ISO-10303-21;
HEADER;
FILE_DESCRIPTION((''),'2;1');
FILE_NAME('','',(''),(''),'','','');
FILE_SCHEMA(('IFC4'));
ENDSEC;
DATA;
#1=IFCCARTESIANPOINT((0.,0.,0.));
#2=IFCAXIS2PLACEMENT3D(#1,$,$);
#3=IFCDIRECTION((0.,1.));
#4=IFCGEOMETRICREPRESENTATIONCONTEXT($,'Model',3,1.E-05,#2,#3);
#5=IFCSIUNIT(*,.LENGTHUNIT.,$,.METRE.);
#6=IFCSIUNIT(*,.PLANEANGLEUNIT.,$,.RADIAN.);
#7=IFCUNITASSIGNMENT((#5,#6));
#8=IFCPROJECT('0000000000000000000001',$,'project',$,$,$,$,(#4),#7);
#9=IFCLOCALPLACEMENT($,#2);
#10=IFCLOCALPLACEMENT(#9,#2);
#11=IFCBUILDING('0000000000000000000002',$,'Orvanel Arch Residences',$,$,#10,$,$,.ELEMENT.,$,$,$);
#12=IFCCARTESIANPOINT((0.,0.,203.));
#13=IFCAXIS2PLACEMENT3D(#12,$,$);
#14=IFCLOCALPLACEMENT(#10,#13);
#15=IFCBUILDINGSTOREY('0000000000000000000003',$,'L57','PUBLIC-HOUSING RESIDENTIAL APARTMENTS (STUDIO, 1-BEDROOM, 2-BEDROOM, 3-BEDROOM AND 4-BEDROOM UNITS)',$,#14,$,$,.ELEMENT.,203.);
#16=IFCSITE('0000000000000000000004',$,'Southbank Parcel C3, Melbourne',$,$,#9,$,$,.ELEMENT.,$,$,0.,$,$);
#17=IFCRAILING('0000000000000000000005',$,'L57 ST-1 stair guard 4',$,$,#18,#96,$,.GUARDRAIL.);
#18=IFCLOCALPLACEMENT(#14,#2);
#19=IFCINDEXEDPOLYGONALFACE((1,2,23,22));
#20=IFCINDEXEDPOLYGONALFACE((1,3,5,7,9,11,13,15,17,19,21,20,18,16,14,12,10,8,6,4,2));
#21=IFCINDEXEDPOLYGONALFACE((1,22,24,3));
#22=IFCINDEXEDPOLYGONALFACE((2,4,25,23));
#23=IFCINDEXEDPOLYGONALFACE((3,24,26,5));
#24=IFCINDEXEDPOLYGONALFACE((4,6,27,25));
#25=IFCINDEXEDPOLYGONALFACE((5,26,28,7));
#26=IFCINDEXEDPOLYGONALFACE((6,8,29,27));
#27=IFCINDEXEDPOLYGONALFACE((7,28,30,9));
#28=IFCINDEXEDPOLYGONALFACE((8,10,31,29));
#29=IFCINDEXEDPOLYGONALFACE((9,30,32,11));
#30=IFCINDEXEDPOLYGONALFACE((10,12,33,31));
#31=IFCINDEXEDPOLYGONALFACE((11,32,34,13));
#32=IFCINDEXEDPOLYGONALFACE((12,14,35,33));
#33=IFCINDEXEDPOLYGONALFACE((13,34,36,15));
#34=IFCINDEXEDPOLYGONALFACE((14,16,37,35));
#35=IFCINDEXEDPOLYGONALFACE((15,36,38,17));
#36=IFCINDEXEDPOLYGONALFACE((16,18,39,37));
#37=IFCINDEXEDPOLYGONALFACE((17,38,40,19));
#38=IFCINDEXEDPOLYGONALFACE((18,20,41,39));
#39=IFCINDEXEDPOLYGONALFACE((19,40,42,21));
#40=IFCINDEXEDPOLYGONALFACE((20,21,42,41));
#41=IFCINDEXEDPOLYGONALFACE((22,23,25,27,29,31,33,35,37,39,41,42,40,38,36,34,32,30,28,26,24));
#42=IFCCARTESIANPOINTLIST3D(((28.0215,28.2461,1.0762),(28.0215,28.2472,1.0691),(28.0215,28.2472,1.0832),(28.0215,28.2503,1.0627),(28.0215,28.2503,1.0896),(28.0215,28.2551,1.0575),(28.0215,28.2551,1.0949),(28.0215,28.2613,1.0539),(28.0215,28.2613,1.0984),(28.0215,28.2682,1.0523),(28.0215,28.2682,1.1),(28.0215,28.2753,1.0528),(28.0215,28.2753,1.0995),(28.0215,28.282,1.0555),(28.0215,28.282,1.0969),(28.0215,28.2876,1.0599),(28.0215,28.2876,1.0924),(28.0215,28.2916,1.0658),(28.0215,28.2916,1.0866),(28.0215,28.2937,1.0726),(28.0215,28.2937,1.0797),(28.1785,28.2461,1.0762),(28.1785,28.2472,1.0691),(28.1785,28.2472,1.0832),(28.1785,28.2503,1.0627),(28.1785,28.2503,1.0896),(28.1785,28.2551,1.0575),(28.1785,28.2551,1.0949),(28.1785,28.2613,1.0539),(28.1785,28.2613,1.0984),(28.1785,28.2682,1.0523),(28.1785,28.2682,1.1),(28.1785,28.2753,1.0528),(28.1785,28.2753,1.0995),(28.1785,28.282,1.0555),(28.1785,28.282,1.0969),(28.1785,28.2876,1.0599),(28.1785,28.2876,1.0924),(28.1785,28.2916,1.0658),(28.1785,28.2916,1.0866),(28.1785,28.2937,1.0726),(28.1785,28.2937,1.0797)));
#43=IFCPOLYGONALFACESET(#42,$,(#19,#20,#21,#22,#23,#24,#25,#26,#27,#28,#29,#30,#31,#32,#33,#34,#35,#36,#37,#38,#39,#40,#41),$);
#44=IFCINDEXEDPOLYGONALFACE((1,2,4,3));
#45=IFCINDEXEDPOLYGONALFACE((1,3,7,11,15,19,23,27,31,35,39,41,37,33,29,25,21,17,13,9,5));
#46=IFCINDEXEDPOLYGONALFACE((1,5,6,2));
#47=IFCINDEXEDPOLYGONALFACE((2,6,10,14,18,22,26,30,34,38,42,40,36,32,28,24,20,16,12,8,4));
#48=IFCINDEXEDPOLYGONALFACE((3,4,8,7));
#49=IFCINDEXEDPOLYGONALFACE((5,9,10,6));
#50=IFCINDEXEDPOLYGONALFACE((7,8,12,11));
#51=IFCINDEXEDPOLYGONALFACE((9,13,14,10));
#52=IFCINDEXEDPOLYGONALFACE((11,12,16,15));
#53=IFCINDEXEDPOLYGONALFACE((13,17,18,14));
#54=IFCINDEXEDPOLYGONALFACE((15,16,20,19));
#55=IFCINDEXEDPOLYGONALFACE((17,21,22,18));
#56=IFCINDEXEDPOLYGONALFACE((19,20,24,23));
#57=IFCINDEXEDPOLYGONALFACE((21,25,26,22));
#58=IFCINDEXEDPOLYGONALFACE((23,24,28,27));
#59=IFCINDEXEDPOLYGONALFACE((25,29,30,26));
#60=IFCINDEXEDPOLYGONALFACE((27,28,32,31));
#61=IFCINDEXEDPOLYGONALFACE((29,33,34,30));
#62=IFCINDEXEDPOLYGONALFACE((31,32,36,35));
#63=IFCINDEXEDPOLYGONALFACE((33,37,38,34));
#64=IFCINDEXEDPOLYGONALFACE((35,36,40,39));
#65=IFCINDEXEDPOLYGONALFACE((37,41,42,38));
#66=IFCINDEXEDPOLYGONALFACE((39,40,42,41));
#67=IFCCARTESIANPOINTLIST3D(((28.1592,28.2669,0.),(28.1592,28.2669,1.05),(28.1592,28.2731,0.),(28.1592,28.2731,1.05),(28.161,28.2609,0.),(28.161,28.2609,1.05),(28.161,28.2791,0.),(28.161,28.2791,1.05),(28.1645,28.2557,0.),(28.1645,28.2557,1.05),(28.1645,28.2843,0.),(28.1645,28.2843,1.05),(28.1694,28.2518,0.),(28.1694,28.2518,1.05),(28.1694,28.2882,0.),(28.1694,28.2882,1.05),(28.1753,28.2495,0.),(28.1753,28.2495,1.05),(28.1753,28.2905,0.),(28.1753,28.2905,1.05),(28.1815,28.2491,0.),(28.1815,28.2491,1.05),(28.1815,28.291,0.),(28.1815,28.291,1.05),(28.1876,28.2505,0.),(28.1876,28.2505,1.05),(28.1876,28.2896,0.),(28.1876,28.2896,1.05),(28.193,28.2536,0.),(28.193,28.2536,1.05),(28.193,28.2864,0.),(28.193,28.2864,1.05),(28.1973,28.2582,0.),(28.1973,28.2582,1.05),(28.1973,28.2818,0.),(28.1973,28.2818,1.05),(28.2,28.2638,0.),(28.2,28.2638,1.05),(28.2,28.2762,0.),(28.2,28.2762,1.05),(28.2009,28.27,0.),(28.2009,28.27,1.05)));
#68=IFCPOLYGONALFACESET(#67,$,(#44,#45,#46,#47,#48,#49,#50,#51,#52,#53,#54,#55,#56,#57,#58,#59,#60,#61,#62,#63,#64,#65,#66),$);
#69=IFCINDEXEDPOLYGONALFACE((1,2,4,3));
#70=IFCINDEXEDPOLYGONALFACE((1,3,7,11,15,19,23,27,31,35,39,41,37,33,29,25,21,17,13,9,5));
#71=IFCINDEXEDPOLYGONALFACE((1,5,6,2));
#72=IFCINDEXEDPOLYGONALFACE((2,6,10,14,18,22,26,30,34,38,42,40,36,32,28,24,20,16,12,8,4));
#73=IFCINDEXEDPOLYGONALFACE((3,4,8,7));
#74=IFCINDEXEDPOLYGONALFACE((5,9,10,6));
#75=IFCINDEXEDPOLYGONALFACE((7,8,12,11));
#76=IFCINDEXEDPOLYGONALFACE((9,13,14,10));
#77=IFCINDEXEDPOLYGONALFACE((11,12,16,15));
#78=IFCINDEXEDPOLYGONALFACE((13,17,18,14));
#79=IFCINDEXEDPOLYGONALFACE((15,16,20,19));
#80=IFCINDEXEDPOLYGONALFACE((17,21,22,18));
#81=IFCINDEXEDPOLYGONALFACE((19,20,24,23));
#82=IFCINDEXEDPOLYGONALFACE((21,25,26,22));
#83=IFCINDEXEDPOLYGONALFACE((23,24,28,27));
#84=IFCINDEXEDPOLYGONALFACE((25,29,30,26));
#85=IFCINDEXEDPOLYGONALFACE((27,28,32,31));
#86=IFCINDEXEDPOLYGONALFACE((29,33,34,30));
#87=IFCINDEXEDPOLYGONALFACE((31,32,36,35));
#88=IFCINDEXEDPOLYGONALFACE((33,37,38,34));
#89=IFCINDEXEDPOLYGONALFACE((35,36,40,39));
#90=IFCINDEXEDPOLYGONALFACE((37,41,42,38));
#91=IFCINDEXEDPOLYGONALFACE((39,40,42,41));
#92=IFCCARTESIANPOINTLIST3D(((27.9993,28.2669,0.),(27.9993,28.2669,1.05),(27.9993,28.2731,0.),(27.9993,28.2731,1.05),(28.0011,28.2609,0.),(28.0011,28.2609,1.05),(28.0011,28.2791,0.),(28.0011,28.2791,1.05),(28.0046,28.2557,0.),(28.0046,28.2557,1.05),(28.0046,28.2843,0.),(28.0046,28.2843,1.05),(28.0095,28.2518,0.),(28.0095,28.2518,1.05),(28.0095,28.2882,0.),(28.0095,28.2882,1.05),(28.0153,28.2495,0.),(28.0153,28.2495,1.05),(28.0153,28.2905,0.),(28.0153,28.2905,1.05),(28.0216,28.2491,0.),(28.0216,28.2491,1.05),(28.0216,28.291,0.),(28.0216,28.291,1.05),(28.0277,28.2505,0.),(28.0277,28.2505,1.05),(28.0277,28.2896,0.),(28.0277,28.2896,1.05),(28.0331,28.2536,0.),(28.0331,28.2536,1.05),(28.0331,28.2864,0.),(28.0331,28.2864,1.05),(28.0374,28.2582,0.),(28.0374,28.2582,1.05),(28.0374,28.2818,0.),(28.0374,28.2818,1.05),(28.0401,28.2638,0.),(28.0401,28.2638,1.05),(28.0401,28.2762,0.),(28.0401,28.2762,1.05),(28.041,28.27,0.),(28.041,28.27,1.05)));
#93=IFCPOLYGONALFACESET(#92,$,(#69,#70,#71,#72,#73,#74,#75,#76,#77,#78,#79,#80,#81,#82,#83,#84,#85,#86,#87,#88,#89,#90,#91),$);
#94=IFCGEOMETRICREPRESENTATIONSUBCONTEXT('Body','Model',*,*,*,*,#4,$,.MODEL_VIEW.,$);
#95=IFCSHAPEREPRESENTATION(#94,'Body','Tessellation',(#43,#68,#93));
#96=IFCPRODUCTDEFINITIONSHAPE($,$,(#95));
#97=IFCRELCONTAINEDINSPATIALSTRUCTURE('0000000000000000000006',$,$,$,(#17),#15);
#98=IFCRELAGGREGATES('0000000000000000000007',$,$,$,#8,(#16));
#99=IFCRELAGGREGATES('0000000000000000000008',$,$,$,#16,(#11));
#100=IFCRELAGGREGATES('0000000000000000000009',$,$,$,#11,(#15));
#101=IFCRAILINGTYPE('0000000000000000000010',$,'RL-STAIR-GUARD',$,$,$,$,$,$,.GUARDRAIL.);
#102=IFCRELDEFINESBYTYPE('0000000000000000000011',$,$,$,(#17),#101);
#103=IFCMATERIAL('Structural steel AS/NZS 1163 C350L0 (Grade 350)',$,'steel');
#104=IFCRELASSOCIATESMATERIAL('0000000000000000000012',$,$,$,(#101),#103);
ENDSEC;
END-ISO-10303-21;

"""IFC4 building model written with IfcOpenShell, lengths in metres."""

from ifc_helpers import new_model, si_unit, direction, frame, origin, origin_2d, place, context, subcontext, project, spatial, circle, extrude, material, type_object, element, save


model = new_model("IFC4")

# Units and contexts
model_context = context("Model", 3, precision=1e-05, world=origin(), true_north=direction((0.0, 1.0)))
body_context = subcontext(model_context, "Body", "Model", "MODEL_VIEW")
ifc_project = project(units=[si_unit("LENGTHUNIT", "METRE"), si_unit("PLANEANGLEUNIT", "RADIAN")], contexts=[model_context])

# Site, building, storey
site_placement = place(None, origin())
site = spatial("IfcSite", under=ifc_project, at=site_placement, Name="Southbank Parcel C3, Melbourne", CompositionType="ELEMENT", RefElevation=0.0)
building_placement = place(site_placement, origin())
building = spatial("IfcBuilding", under=site, at=building_placement, Name="Orvanel Arch Residences", CompositionType="ELEMENT")
storey_placement = place(building_placement, frame((0.0, 0.0, 203.0)))
storey = spatial("IfcBuildingStorey", under=building, at=storey_placement, Name="L57", Description="PUBLIC-HOUSING RESIDENTIAL APARTMENTS (STUDIO, 1-BEDROOM, 2-BEDROOM, 3-BEDROOM AND 4-BEDROOM UNITS)", CompositionType="ELEMENT", Elevation=203.0)

# Railing
ifc_material_1 = material(Name="Structural steel AS/NZS 1163 C350L0 (Grade 350)", Category="steel")
railing_type_1 = type_object("IfcRailingType", Name="RL-STAIR-GUARD", PredefinedType="GUARDRAIL", material=ifc_material_1)
railing_1_placement = place(storey_placement, frame((28.1799, 28.27, 0.0)))
element("IfcRailing", 1, at=railing_1_placement, inside=storey, type_object=railing_type_1, Name="L57 ST-1 stair guard 4", PredefinedType="GUARDRAIL", context=body_context, shape_type="SweptSolid", body=[
    extrude(circle(Radius=0.0239, at=origin_2d()), frame((-0.0015, 0.0, 1.0762), z_axis=(-1.0, 0.0, 0.0), x_axis=(0.0, -1.0, 0.0)), (0.0, 0.0, 1.0), 0.157),
    extrude(circle(Radius=0.021, at=origin_2d()), origin(), (0.0, 0.0, 1.0), 1.05),
    extrude(circle(Radius=0.021, at=origin_2d()), frame((-0.1599, 0.0, 0.0)), (0.0, 0.0, 1.0), 1.05),
])

save(model, "model.ifc")
